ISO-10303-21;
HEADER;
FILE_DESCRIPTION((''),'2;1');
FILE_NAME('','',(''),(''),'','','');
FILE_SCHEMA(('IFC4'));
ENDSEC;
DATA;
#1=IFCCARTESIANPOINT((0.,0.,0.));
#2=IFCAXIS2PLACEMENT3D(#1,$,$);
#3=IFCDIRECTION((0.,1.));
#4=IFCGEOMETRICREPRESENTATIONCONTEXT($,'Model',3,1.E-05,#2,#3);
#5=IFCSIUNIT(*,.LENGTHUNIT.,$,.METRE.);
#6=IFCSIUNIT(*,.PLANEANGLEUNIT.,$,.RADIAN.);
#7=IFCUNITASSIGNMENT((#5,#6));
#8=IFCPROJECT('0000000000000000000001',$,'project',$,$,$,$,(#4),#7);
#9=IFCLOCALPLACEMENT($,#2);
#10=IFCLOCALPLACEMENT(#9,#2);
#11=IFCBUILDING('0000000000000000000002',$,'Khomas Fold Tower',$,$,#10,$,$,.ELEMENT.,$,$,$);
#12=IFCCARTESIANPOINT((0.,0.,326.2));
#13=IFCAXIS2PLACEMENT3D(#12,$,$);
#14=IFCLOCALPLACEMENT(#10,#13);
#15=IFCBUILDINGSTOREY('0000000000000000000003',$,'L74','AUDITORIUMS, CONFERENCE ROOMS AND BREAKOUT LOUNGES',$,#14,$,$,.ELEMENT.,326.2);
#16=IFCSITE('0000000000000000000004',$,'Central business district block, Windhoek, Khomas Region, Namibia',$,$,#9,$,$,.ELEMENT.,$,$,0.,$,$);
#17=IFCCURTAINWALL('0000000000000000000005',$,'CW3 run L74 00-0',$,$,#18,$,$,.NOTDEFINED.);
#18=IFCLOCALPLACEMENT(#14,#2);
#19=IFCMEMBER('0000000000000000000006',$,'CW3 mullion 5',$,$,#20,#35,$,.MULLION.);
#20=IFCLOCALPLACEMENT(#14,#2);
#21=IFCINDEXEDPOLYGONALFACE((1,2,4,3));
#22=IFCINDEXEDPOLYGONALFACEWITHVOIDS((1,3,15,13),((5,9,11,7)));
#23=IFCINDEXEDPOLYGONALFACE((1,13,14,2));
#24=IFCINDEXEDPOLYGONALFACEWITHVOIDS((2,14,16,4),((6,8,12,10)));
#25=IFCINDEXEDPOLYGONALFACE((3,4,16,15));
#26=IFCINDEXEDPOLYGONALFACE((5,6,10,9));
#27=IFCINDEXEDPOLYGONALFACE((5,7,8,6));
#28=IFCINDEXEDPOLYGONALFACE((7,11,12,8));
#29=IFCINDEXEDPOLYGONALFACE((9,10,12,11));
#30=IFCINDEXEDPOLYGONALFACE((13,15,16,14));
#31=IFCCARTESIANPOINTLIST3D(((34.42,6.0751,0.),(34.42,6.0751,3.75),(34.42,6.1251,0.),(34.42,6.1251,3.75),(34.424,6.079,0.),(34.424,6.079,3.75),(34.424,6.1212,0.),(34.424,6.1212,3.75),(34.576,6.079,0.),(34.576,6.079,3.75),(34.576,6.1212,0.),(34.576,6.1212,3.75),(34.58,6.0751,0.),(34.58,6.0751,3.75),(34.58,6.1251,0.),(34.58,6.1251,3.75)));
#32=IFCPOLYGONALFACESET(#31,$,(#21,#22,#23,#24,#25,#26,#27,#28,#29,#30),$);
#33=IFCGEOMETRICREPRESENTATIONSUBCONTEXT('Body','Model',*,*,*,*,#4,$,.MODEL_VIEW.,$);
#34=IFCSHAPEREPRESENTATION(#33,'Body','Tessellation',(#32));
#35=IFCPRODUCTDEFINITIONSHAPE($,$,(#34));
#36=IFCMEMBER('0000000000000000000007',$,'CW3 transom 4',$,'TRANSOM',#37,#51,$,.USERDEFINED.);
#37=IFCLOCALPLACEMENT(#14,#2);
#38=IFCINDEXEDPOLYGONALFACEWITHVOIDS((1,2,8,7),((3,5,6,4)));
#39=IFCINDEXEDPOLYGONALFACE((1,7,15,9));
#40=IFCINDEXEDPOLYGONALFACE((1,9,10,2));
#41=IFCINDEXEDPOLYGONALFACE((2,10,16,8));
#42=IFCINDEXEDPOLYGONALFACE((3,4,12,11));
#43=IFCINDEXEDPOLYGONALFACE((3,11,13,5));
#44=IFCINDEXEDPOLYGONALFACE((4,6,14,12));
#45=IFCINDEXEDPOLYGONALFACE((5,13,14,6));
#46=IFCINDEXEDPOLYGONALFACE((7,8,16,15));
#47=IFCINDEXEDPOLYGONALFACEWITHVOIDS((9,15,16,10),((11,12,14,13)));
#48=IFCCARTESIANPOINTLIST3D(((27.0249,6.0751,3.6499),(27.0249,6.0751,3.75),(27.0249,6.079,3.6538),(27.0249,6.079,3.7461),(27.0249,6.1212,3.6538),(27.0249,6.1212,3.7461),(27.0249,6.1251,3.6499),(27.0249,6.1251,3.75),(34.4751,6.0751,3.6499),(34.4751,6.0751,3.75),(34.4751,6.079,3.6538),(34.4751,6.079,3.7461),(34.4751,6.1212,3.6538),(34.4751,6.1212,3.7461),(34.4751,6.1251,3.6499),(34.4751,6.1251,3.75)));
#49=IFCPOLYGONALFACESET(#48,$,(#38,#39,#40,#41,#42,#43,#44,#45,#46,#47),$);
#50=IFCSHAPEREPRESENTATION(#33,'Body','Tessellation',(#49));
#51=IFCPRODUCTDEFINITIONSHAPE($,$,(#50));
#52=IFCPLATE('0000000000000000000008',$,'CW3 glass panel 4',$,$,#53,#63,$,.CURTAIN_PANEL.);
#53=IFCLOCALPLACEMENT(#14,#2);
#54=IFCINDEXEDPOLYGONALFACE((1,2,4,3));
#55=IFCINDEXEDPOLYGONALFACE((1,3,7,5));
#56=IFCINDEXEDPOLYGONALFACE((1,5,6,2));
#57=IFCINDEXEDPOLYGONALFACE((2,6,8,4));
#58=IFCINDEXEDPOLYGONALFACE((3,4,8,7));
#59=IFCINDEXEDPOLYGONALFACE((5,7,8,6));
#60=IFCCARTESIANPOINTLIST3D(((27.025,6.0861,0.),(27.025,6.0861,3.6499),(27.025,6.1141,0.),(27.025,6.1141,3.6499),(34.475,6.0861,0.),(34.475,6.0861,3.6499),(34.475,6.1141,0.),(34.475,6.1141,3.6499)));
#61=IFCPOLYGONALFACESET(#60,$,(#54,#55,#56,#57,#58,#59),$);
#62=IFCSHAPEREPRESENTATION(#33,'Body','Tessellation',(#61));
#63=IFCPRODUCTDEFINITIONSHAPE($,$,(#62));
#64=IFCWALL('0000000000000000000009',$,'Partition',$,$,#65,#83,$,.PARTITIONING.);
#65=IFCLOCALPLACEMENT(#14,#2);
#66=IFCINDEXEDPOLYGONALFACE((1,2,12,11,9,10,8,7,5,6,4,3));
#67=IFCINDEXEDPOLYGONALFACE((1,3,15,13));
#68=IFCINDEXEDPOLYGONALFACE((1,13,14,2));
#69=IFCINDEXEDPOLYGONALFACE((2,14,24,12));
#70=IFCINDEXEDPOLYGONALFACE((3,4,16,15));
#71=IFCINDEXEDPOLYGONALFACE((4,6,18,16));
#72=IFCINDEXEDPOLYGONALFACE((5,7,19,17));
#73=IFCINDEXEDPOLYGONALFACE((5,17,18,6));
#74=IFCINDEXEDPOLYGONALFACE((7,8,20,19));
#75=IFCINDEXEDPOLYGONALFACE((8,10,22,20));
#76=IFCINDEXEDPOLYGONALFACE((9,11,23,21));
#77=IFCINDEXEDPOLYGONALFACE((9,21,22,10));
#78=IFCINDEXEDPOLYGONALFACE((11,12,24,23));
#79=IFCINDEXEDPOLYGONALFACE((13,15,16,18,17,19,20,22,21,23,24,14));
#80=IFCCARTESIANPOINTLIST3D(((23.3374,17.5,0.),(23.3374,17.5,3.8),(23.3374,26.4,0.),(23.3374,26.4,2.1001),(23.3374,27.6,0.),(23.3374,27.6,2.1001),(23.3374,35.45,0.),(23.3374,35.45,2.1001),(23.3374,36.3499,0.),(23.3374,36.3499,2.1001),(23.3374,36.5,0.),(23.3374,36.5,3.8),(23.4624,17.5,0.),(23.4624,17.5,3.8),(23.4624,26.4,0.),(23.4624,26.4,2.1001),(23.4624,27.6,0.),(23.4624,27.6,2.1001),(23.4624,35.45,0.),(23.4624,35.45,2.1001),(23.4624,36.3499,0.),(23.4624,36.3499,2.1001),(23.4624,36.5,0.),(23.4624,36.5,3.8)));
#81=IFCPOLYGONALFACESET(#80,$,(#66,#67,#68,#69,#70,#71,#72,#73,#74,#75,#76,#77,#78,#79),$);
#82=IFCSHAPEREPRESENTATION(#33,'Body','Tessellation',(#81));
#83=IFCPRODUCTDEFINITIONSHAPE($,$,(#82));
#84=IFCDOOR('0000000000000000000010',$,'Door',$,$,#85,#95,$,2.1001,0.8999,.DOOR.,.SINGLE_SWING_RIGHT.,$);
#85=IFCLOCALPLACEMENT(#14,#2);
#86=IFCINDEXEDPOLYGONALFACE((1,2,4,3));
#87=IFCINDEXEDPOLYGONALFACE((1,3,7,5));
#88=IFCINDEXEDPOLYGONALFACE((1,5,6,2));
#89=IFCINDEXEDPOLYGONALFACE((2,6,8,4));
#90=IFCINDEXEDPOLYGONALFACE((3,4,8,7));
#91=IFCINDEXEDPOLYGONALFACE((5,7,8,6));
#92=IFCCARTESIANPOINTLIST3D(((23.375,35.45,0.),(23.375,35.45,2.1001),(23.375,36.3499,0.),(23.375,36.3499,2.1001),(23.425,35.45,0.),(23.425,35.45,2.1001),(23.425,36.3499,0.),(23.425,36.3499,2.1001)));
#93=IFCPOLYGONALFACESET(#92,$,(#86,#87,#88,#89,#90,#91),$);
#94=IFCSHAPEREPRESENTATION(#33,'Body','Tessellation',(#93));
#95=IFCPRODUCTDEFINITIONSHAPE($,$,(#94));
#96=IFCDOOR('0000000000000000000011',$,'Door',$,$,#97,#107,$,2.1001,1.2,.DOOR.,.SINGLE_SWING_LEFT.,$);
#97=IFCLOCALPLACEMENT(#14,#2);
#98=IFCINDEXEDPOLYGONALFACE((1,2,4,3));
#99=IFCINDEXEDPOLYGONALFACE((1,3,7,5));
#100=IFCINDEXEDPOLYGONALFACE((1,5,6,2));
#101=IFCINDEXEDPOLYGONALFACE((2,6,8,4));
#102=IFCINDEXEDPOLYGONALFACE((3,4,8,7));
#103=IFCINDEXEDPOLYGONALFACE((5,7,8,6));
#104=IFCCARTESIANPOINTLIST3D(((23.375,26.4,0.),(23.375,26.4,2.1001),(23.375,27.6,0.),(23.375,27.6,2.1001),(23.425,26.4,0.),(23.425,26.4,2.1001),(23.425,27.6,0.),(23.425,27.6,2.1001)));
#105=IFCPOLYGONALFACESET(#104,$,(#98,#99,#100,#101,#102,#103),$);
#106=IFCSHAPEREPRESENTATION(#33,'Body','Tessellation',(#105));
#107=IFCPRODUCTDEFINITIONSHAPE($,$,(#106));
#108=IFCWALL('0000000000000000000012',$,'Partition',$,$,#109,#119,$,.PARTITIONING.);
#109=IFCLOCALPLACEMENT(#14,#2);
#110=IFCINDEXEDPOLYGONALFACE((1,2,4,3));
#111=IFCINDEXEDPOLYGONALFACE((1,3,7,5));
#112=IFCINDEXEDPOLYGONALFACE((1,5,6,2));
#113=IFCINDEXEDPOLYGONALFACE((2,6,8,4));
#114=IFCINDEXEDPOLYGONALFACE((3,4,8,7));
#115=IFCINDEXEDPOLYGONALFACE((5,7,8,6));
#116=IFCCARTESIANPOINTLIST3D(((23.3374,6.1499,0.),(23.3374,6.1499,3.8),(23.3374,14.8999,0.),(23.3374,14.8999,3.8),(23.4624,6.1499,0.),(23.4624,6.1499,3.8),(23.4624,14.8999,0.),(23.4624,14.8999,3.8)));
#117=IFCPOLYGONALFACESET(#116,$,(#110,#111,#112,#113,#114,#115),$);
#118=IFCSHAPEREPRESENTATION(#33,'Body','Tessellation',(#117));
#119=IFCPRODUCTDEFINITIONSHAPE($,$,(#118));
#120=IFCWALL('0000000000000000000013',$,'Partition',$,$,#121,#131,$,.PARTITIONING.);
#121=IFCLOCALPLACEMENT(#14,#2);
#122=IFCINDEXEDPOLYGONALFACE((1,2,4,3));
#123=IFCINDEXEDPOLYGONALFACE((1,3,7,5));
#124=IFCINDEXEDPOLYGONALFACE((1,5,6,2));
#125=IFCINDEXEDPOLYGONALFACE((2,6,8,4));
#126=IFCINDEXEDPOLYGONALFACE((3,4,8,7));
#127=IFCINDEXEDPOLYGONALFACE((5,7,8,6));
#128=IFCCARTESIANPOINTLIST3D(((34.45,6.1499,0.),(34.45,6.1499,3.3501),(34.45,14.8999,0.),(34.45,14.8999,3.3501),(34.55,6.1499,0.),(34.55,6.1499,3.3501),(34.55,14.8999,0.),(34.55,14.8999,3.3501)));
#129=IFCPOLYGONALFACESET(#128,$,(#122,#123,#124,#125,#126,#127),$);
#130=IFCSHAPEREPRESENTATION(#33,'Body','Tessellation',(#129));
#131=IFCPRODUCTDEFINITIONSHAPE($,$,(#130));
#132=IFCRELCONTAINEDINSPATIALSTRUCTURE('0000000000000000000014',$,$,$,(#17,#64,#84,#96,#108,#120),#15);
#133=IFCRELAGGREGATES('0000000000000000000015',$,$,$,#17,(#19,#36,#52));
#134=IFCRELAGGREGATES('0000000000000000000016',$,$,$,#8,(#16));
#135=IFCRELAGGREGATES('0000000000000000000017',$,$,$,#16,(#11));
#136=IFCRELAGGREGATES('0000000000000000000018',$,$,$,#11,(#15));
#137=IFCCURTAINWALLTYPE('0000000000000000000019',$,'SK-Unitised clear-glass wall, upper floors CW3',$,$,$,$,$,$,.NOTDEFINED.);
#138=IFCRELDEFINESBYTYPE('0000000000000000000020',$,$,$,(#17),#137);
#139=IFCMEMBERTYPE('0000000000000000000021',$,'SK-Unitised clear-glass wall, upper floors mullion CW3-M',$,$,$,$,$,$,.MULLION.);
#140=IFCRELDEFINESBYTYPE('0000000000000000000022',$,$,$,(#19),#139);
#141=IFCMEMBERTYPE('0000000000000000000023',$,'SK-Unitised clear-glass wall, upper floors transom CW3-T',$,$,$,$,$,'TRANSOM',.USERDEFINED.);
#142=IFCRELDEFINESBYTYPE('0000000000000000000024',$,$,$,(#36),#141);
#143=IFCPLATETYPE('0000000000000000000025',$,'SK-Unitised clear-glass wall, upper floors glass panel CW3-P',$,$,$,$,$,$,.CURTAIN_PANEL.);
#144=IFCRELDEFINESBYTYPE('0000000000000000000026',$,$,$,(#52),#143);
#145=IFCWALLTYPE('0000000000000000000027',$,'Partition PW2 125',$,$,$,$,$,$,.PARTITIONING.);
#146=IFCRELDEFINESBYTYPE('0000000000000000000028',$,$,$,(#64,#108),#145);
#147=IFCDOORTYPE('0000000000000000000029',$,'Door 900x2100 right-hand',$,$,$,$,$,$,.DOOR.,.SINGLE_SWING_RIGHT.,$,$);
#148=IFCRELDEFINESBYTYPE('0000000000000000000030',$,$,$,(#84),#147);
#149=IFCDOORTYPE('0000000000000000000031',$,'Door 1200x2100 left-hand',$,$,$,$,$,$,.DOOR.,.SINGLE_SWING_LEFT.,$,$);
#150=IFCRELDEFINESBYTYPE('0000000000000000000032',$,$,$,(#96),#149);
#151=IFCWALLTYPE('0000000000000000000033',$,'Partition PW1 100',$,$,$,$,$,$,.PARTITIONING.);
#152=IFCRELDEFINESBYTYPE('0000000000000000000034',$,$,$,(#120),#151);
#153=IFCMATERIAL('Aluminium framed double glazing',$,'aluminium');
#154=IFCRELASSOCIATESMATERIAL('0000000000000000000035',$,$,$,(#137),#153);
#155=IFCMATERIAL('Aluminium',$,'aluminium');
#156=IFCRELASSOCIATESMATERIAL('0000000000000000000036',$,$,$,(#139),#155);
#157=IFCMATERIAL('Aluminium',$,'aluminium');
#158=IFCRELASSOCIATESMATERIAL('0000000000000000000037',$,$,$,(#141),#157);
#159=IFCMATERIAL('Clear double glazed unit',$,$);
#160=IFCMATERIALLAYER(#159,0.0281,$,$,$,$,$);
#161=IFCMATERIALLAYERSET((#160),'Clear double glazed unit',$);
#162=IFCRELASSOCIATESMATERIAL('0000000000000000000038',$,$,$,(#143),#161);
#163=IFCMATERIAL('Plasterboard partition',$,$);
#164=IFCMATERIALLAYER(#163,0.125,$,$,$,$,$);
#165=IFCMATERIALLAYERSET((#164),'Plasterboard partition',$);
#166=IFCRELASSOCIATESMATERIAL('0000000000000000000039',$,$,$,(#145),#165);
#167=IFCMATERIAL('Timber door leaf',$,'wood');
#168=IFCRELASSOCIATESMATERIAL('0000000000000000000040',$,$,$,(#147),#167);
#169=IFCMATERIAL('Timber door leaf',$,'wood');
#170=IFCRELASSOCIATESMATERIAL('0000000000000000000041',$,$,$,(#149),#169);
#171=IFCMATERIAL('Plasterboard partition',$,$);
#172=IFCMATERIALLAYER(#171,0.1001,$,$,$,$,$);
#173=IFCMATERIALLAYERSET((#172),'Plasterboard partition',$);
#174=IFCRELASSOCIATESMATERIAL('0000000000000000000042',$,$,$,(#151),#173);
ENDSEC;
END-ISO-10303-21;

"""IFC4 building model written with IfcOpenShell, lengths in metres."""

from ifc_helpers import new_model, si_unit, direction, frame, frame_2d, origin, origin_2d, place, context, subcontext, project, spatial, rectangle, hollow_rectangle, extrude, source, transform, mapped, material, layer, layer_set, material_profile, profile_set, type_object, element, fill, aggregate, save


model = new_model("IFC4")

# Units and contexts
model_context = context("Model", 3, precision=1e-05, world=origin(), true_north=direction((0.0, 1.0)))
body_context = subcontext(model_context, "Body", "Model", "MODEL_VIEW")
ifc_project = project(units=[si_unit("LENGTHUNIT", "METRE"), si_unit("PLANEANGLEUNIT", "RADIAN")], contexts=[model_context])

# Site, building, storey
site_placement = place(None, origin())
site = spatial("IfcSite", under=ifc_project, at=site_placement, Name="Central business district block, Windhoek, Khomas Region, Namibia", CompositionType="ELEMENT", RefElevation=0.0)
building_placement = place(site_placement, origin())
building = spatial("IfcBuilding", under=site, at=building_placement, Name="Khomas Fold Tower", CompositionType="ELEMENT")
storey_placement = place(building_placement, frame((0.0, 0.0, 326.2)))
storey = spatial("IfcBuildingStorey", under=building, at=storey_placement, Name="L74", Description="AUDITORIUMS, CONFERENCE ROOMS AND BREAKOUT LOUNGES", CompositionType="ELEMENT", Elevation=326.2)

# Curtain wall, members, plate
ifc_material_1 = material(Name="Aluminium framed double glazing", Category="aluminium")
curtain_wall_type = type_object("IfcCurtainWallType", Name="SK-Unitised clear-glass wall, upper floors CW3", PredefinedType="NOTDEFINED", material=ifc_material_1)
curtain_wall_placement = place(storey_placement, origin())
curtain_wall = element("IfcCurtainWall", 1, at=curtain_wall_placement, inside=storey, type_object=curtain_wall_type, Name="CW3 run L74 00-0", PredefinedType="NOTDEFINED")
ifc_material_2 = material(Name="Aluminium", Category="aluminium")
ifc_material_profile_1 = material_profile(ifc_material_2, hollow_rectangle(XDim=0.05, YDim=0.1599, WallThickness=0.0039, at=origin_2d()), Name="SK-Unitised clear-glass wall, upper floors mullion CW3-M")
ifc_profile_set_1 = profile_set([ifc_material_profile_1], Name="Aluminium")
member_type_1 = type_object("IfcMemberType", Name="SK-Unitised clear-glass wall, upper floors mullion CW3-M", PredefinedType="MULLION", material=ifc_profile_set_1)
shared_shape_1 = source(origin(), body_context, "Body", "SweptSolid", [
    extrude(hollow_rectangle(XDim=0.05, YDim=0.1599, WallThickness=0.0039, at=origin_2d()), origin(), (0.0, 0.0, 1.0), 3.75),
])
member_1_placement = place(storey_placement, frame((34.5, 6.1001, 0.0), z_axis=(0.0, 0.0, 1.0), x_axis=(0.0, 1.0, 0.0)))
member_1 = element("IfcMember", 2, at=member_1_placement, type_object=member_type_1, Name="CW3 mullion 5", PredefinedType="MULLION", context=body_context, shape_type="MappedRepresentation", body=[
    mapped(shared_shape_1, transform((0.0, 0.0, 0.0))),
])
ifc_material_3 = material(Name="Aluminium", Category="aluminium")
ifc_material_profile_2 = material_profile(ifc_material_3, hollow_rectangle(XDim=0.05, YDim=0.1001, WallThickness=0.0039, at=origin_2d()), Name="SK-Unitised clear-glass wall, upper floors transom CW3-T")
ifc_profile_set_2 = profile_set([ifc_material_profile_2], Name="Aluminium")
member_type_2 = type_object("IfcMemberType", Name="SK-Unitised clear-glass wall, upper floors transom CW3-T", ElementType="TRANSOM", PredefinedType="USERDEFINED", material=ifc_profile_set_2)
shared_shape_2 = source(origin(), body_context, "Body", "SweptSolid", [
    extrude(hollow_rectangle(XDim=0.05, YDim=0.1001, WallThickness=0.0039, at=origin_2d()), origin(), (0.0, 0.0, 1.0), 7.4502),
])
member_2_placement = place(storey_placement, frame((27.0249, 6.1001, 3.7), z_axis=(1.0, 0.0, 0.0), x_axis=(0.0, 1.0, 0.0)))
member_2 = element("IfcMember", 3, at=member_2_placement, type_object=member_type_2, Name="CW3 transom 4", ObjectType="TRANSOM", PredefinedType="USERDEFINED", context=body_context, shape_type="MappedRepresentation", body=[
    mapped(shared_shape_2, transform((0.0, 0.0, 0.0))),
])
ifc_material_4 = material(Name="Clear double glazed unit")
ifc_layer_1 = layer(ifc_material_4, 0.0281)
ifc_layer_set_1 = layer_set([ifc_layer_1], Name="Clear double glazed unit")
plate_type = type_object("IfcPlateType", Name="SK-Unitised clear-glass wall, upper floors glass panel CW3-P", PredefinedType="CURTAIN_PANEL", material=ifc_layer_set_1)
shared_shape_3 = source(origin(), body_context, "Body", "SweptSolid", [
    extrude(rectangle(XDim=7.45, YDim=0.0281, at=origin_2d()), origin(), (0.0, 0.0, 1.0), 3.6499),
])
plate_placement = place(storey_placement, frame((30.75, 6.1001, 0.0), z_axis=(0.0, 0.0, 1.0), x_axis=(1.0, 0.0, 0.0)))
plate = element("IfcPlate", 4, at=plate_placement, type_object=plate_type, Name="CW3 glass panel 4", PredefinedType="CURTAIN_PANEL", context=body_context, shape_type="MappedRepresentation", body=[
    mapped(shared_shape_3, transform((0.0, 0.0, 0.0))),
])
aggregate(curtain_wall, [member_1, member_2, plate])

# Wall, openings, doors
ifc_material_5 = material(Name="Plasterboard partition")
ifc_layer_2 = layer(ifc_material_5, 0.125)
ifc_layer_set_2 = layer_set([ifc_layer_2], Name="Plasterboard partition")
wall_type_1 = type_object("IfcWallType", Name="Partition PW2 125", PredefinedType="PARTITIONING", material=ifc_layer_set_2)
shared_shape_4 = source(origin(), body_context, "Body", "SweptSolid", [
    extrude(rectangle(XDim=19.0, YDim=0.125, at=frame_2d((9.5, 0.0))), origin(), (0.0, 0.0, 1.0), 3.8),
])
wall_1_placement = place(storey_placement, frame((23.3999, 17.5, 0.0), z_axis=(0.0, 0.0, 1.0), x_axis=(0.0, 1.0, 0.0)))
wall_1 = element("IfcWall", 5, at=wall_1_placement, inside=storey, type_object=wall_type_1, Name="Partition", PredefinedType="PARTITIONING", context=body_context, shape_type="MappedRepresentation", body=[
    mapped(shared_shape_4, transform((0.0, 0.0, 0.0))),
])
shared_shape_5 = source(origin(), body_context, "Body", "SweptSolid", [
    extrude(rectangle(XDim=1.2, YDim=2.1001, at=frame_2d((0.6001, 1.05))), frame((0.0, 0.0725, 0.0), z_axis=(0.0, -1.0, 0.0), x_axis=(1.0, 0.0, 0.0)), (0.0, 0.0, 1.0), 0.145),
])
opening_1_placement = place(wall_1_placement, frame((8.8999, 0.0, 0.0)))
opening_1 = element("IfcOpeningElement", 6, at=opening_1_placement, cuts=wall_1, PredefinedType="OPENING", context=body_context, shape_type="MappedRepresentation", body=[
    mapped(shared_shape_5, transform((0.0, 0.0, 0.0))),
])
shared_shape_6 = source(origin(), body_context, "Body", "SweptSolid", [
    extrude(rectangle(XDim=0.8999, YDim=2.1001, at=frame_2d((0.45, 1.05))), frame((0.0, 0.0725, 0.0), z_axis=(0.0, -1.0, 0.0), x_axis=(1.0, 0.0, 0.0)), (0.0, 0.0, 1.0), 0.145),
])
opening_2_placement = place(wall_1_placement, frame((17.95, 0.0, 0.0)))
opening_2 = element("IfcOpeningElement", 7, at=opening_2_placement, cuts=wall_1, PredefinedType="OPENING", context=body_context, shape_type="MappedRepresentation", body=[
    mapped(shared_shape_6, transform((0.0, 0.0, 0.0))),
])
ifc_material_6 = material(Name="Timber door leaf", Category="wood")
door_type_1 = type_object("IfcDoorType", Name="Door 900x2100 right-hand", OperationType="SINGLE_SWING_RIGHT", PredefinedType="DOOR", material=ifc_material_6)
shared_shape_7 = source(origin(), body_context, "Body", "SweptSolid", [
    extrude(rectangle(XDim=0.8999, YDim=2.1001, at=frame_2d((0.45, 1.05))), frame((0.0, 0.0249, 0.0), z_axis=(0.0, -1.0, 0.0), x_axis=(1.0, 0.0, 0.0)), (0.0, 0.0, 1.0), 0.05),
])
door_1_placement = place(opening_2_placement, origin())
door_1 = element("IfcDoor", 8, at=door_1_placement, inside=storey, type_object=door_type_1, Name="Door", OperationType="SINGLE_SWING_RIGHT", OverallHeight=2.1001, OverallWidth=0.8999, PredefinedType="DOOR", context=body_context, shape_type="MappedRepresentation", body=[
    mapped(shared_shape_7, transform((0.0, 0.0, 0.0))),
])
fill(opening_2, door_1)
ifc_material_7 = material(Name="Timber door leaf", Category="wood")
door_type_2 = type_object("IfcDoorType", Name="Door 1200x2100 left-hand", OperationType="SINGLE_SWING_LEFT", PredefinedType="DOOR", material=ifc_material_7)
shared_shape_8 = source(origin(), body_context, "Body", "SweptSolid", [
    extrude(rectangle(XDim=1.2, YDim=2.1001, at=frame_2d((0.6001, 1.05))), frame((0.0, 0.0249, 0.0), z_axis=(0.0, -1.0, 0.0), x_axis=(1.0, 0.0, 0.0)), (0.0, 0.0, 1.0), 0.05),
])
door_2_placement = place(opening_1_placement, origin())
door_2 = element("IfcDoor", 9, at=door_2_placement, inside=storey, type_object=door_type_2, Name="Door", OperationType="SINGLE_SWING_LEFT", OverallHeight=2.1001, OverallWidth=1.2, PredefinedType="DOOR", context=body_context, shape_type="MappedRepresentation", body=[
    mapped(shared_shape_8, transform((0.0, 0.0, 0.0))),
])
fill(opening_1, door_2)

# Walls
shared_shape_9 = source(origin(), body_context, "Body", "SweptSolid", [
    extrude(rectangle(XDim=8.75, YDim=0.125, at=frame_2d((4.375, 0.0))), origin(), (0.0, 0.0, 1.0), 3.8),
])
wall_2_placement = place(storey_placement, frame((23.3999, 6.1499, 0.0), z_axis=(0.0, 0.0, 1.0), x_axis=(0.0, 1.0, 0.0)))
element("IfcWall", 10, at=wall_2_placement, inside=storey, type_object=wall_type_1, Name="Partition", PredefinedType="PARTITIONING", context=body_context, shape_type="MappedRepresentation", body=[
    mapped(shared_shape_9, transform((0.0, 0.0, 0.0))),
])
ifc_material_8 = material(Name="Plasterboard partition")
ifc_layer_3 = layer(ifc_material_8, 0.1001)
ifc_layer_set_3 = layer_set([ifc_layer_3], Name="Plasterboard partition")
wall_type_2 = type_object("IfcWallType", Name="Partition PW1 100", PredefinedType="PARTITIONING", material=ifc_layer_set_3)
shared_shape_10 = source(origin(), body_context, "Body", "SweptSolid", [
    extrude(rectangle(XDim=8.75, YDim=0.1001, at=frame_2d((4.375, 0.0))), origin(), (0.0, 0.0, 1.0), 3.3501),
])
wall_3_placement = place(storey_placement, frame((34.5, 6.1499, 0.0), z_axis=(0.0, 0.0, 1.0), x_axis=(0.0, 1.0, 0.0)))
element("IfcWall", 11, at=wall_3_placement, inside=storey, type_object=wall_type_2, Name="Partition", PredefinedType="PARTITIONING", context=body_context, shape_type="MappedRepresentation", body=[
    mapped(shared_shape_10, transform((0.0, 0.0, 0.0))),
])

save(model, "model.ifc")
